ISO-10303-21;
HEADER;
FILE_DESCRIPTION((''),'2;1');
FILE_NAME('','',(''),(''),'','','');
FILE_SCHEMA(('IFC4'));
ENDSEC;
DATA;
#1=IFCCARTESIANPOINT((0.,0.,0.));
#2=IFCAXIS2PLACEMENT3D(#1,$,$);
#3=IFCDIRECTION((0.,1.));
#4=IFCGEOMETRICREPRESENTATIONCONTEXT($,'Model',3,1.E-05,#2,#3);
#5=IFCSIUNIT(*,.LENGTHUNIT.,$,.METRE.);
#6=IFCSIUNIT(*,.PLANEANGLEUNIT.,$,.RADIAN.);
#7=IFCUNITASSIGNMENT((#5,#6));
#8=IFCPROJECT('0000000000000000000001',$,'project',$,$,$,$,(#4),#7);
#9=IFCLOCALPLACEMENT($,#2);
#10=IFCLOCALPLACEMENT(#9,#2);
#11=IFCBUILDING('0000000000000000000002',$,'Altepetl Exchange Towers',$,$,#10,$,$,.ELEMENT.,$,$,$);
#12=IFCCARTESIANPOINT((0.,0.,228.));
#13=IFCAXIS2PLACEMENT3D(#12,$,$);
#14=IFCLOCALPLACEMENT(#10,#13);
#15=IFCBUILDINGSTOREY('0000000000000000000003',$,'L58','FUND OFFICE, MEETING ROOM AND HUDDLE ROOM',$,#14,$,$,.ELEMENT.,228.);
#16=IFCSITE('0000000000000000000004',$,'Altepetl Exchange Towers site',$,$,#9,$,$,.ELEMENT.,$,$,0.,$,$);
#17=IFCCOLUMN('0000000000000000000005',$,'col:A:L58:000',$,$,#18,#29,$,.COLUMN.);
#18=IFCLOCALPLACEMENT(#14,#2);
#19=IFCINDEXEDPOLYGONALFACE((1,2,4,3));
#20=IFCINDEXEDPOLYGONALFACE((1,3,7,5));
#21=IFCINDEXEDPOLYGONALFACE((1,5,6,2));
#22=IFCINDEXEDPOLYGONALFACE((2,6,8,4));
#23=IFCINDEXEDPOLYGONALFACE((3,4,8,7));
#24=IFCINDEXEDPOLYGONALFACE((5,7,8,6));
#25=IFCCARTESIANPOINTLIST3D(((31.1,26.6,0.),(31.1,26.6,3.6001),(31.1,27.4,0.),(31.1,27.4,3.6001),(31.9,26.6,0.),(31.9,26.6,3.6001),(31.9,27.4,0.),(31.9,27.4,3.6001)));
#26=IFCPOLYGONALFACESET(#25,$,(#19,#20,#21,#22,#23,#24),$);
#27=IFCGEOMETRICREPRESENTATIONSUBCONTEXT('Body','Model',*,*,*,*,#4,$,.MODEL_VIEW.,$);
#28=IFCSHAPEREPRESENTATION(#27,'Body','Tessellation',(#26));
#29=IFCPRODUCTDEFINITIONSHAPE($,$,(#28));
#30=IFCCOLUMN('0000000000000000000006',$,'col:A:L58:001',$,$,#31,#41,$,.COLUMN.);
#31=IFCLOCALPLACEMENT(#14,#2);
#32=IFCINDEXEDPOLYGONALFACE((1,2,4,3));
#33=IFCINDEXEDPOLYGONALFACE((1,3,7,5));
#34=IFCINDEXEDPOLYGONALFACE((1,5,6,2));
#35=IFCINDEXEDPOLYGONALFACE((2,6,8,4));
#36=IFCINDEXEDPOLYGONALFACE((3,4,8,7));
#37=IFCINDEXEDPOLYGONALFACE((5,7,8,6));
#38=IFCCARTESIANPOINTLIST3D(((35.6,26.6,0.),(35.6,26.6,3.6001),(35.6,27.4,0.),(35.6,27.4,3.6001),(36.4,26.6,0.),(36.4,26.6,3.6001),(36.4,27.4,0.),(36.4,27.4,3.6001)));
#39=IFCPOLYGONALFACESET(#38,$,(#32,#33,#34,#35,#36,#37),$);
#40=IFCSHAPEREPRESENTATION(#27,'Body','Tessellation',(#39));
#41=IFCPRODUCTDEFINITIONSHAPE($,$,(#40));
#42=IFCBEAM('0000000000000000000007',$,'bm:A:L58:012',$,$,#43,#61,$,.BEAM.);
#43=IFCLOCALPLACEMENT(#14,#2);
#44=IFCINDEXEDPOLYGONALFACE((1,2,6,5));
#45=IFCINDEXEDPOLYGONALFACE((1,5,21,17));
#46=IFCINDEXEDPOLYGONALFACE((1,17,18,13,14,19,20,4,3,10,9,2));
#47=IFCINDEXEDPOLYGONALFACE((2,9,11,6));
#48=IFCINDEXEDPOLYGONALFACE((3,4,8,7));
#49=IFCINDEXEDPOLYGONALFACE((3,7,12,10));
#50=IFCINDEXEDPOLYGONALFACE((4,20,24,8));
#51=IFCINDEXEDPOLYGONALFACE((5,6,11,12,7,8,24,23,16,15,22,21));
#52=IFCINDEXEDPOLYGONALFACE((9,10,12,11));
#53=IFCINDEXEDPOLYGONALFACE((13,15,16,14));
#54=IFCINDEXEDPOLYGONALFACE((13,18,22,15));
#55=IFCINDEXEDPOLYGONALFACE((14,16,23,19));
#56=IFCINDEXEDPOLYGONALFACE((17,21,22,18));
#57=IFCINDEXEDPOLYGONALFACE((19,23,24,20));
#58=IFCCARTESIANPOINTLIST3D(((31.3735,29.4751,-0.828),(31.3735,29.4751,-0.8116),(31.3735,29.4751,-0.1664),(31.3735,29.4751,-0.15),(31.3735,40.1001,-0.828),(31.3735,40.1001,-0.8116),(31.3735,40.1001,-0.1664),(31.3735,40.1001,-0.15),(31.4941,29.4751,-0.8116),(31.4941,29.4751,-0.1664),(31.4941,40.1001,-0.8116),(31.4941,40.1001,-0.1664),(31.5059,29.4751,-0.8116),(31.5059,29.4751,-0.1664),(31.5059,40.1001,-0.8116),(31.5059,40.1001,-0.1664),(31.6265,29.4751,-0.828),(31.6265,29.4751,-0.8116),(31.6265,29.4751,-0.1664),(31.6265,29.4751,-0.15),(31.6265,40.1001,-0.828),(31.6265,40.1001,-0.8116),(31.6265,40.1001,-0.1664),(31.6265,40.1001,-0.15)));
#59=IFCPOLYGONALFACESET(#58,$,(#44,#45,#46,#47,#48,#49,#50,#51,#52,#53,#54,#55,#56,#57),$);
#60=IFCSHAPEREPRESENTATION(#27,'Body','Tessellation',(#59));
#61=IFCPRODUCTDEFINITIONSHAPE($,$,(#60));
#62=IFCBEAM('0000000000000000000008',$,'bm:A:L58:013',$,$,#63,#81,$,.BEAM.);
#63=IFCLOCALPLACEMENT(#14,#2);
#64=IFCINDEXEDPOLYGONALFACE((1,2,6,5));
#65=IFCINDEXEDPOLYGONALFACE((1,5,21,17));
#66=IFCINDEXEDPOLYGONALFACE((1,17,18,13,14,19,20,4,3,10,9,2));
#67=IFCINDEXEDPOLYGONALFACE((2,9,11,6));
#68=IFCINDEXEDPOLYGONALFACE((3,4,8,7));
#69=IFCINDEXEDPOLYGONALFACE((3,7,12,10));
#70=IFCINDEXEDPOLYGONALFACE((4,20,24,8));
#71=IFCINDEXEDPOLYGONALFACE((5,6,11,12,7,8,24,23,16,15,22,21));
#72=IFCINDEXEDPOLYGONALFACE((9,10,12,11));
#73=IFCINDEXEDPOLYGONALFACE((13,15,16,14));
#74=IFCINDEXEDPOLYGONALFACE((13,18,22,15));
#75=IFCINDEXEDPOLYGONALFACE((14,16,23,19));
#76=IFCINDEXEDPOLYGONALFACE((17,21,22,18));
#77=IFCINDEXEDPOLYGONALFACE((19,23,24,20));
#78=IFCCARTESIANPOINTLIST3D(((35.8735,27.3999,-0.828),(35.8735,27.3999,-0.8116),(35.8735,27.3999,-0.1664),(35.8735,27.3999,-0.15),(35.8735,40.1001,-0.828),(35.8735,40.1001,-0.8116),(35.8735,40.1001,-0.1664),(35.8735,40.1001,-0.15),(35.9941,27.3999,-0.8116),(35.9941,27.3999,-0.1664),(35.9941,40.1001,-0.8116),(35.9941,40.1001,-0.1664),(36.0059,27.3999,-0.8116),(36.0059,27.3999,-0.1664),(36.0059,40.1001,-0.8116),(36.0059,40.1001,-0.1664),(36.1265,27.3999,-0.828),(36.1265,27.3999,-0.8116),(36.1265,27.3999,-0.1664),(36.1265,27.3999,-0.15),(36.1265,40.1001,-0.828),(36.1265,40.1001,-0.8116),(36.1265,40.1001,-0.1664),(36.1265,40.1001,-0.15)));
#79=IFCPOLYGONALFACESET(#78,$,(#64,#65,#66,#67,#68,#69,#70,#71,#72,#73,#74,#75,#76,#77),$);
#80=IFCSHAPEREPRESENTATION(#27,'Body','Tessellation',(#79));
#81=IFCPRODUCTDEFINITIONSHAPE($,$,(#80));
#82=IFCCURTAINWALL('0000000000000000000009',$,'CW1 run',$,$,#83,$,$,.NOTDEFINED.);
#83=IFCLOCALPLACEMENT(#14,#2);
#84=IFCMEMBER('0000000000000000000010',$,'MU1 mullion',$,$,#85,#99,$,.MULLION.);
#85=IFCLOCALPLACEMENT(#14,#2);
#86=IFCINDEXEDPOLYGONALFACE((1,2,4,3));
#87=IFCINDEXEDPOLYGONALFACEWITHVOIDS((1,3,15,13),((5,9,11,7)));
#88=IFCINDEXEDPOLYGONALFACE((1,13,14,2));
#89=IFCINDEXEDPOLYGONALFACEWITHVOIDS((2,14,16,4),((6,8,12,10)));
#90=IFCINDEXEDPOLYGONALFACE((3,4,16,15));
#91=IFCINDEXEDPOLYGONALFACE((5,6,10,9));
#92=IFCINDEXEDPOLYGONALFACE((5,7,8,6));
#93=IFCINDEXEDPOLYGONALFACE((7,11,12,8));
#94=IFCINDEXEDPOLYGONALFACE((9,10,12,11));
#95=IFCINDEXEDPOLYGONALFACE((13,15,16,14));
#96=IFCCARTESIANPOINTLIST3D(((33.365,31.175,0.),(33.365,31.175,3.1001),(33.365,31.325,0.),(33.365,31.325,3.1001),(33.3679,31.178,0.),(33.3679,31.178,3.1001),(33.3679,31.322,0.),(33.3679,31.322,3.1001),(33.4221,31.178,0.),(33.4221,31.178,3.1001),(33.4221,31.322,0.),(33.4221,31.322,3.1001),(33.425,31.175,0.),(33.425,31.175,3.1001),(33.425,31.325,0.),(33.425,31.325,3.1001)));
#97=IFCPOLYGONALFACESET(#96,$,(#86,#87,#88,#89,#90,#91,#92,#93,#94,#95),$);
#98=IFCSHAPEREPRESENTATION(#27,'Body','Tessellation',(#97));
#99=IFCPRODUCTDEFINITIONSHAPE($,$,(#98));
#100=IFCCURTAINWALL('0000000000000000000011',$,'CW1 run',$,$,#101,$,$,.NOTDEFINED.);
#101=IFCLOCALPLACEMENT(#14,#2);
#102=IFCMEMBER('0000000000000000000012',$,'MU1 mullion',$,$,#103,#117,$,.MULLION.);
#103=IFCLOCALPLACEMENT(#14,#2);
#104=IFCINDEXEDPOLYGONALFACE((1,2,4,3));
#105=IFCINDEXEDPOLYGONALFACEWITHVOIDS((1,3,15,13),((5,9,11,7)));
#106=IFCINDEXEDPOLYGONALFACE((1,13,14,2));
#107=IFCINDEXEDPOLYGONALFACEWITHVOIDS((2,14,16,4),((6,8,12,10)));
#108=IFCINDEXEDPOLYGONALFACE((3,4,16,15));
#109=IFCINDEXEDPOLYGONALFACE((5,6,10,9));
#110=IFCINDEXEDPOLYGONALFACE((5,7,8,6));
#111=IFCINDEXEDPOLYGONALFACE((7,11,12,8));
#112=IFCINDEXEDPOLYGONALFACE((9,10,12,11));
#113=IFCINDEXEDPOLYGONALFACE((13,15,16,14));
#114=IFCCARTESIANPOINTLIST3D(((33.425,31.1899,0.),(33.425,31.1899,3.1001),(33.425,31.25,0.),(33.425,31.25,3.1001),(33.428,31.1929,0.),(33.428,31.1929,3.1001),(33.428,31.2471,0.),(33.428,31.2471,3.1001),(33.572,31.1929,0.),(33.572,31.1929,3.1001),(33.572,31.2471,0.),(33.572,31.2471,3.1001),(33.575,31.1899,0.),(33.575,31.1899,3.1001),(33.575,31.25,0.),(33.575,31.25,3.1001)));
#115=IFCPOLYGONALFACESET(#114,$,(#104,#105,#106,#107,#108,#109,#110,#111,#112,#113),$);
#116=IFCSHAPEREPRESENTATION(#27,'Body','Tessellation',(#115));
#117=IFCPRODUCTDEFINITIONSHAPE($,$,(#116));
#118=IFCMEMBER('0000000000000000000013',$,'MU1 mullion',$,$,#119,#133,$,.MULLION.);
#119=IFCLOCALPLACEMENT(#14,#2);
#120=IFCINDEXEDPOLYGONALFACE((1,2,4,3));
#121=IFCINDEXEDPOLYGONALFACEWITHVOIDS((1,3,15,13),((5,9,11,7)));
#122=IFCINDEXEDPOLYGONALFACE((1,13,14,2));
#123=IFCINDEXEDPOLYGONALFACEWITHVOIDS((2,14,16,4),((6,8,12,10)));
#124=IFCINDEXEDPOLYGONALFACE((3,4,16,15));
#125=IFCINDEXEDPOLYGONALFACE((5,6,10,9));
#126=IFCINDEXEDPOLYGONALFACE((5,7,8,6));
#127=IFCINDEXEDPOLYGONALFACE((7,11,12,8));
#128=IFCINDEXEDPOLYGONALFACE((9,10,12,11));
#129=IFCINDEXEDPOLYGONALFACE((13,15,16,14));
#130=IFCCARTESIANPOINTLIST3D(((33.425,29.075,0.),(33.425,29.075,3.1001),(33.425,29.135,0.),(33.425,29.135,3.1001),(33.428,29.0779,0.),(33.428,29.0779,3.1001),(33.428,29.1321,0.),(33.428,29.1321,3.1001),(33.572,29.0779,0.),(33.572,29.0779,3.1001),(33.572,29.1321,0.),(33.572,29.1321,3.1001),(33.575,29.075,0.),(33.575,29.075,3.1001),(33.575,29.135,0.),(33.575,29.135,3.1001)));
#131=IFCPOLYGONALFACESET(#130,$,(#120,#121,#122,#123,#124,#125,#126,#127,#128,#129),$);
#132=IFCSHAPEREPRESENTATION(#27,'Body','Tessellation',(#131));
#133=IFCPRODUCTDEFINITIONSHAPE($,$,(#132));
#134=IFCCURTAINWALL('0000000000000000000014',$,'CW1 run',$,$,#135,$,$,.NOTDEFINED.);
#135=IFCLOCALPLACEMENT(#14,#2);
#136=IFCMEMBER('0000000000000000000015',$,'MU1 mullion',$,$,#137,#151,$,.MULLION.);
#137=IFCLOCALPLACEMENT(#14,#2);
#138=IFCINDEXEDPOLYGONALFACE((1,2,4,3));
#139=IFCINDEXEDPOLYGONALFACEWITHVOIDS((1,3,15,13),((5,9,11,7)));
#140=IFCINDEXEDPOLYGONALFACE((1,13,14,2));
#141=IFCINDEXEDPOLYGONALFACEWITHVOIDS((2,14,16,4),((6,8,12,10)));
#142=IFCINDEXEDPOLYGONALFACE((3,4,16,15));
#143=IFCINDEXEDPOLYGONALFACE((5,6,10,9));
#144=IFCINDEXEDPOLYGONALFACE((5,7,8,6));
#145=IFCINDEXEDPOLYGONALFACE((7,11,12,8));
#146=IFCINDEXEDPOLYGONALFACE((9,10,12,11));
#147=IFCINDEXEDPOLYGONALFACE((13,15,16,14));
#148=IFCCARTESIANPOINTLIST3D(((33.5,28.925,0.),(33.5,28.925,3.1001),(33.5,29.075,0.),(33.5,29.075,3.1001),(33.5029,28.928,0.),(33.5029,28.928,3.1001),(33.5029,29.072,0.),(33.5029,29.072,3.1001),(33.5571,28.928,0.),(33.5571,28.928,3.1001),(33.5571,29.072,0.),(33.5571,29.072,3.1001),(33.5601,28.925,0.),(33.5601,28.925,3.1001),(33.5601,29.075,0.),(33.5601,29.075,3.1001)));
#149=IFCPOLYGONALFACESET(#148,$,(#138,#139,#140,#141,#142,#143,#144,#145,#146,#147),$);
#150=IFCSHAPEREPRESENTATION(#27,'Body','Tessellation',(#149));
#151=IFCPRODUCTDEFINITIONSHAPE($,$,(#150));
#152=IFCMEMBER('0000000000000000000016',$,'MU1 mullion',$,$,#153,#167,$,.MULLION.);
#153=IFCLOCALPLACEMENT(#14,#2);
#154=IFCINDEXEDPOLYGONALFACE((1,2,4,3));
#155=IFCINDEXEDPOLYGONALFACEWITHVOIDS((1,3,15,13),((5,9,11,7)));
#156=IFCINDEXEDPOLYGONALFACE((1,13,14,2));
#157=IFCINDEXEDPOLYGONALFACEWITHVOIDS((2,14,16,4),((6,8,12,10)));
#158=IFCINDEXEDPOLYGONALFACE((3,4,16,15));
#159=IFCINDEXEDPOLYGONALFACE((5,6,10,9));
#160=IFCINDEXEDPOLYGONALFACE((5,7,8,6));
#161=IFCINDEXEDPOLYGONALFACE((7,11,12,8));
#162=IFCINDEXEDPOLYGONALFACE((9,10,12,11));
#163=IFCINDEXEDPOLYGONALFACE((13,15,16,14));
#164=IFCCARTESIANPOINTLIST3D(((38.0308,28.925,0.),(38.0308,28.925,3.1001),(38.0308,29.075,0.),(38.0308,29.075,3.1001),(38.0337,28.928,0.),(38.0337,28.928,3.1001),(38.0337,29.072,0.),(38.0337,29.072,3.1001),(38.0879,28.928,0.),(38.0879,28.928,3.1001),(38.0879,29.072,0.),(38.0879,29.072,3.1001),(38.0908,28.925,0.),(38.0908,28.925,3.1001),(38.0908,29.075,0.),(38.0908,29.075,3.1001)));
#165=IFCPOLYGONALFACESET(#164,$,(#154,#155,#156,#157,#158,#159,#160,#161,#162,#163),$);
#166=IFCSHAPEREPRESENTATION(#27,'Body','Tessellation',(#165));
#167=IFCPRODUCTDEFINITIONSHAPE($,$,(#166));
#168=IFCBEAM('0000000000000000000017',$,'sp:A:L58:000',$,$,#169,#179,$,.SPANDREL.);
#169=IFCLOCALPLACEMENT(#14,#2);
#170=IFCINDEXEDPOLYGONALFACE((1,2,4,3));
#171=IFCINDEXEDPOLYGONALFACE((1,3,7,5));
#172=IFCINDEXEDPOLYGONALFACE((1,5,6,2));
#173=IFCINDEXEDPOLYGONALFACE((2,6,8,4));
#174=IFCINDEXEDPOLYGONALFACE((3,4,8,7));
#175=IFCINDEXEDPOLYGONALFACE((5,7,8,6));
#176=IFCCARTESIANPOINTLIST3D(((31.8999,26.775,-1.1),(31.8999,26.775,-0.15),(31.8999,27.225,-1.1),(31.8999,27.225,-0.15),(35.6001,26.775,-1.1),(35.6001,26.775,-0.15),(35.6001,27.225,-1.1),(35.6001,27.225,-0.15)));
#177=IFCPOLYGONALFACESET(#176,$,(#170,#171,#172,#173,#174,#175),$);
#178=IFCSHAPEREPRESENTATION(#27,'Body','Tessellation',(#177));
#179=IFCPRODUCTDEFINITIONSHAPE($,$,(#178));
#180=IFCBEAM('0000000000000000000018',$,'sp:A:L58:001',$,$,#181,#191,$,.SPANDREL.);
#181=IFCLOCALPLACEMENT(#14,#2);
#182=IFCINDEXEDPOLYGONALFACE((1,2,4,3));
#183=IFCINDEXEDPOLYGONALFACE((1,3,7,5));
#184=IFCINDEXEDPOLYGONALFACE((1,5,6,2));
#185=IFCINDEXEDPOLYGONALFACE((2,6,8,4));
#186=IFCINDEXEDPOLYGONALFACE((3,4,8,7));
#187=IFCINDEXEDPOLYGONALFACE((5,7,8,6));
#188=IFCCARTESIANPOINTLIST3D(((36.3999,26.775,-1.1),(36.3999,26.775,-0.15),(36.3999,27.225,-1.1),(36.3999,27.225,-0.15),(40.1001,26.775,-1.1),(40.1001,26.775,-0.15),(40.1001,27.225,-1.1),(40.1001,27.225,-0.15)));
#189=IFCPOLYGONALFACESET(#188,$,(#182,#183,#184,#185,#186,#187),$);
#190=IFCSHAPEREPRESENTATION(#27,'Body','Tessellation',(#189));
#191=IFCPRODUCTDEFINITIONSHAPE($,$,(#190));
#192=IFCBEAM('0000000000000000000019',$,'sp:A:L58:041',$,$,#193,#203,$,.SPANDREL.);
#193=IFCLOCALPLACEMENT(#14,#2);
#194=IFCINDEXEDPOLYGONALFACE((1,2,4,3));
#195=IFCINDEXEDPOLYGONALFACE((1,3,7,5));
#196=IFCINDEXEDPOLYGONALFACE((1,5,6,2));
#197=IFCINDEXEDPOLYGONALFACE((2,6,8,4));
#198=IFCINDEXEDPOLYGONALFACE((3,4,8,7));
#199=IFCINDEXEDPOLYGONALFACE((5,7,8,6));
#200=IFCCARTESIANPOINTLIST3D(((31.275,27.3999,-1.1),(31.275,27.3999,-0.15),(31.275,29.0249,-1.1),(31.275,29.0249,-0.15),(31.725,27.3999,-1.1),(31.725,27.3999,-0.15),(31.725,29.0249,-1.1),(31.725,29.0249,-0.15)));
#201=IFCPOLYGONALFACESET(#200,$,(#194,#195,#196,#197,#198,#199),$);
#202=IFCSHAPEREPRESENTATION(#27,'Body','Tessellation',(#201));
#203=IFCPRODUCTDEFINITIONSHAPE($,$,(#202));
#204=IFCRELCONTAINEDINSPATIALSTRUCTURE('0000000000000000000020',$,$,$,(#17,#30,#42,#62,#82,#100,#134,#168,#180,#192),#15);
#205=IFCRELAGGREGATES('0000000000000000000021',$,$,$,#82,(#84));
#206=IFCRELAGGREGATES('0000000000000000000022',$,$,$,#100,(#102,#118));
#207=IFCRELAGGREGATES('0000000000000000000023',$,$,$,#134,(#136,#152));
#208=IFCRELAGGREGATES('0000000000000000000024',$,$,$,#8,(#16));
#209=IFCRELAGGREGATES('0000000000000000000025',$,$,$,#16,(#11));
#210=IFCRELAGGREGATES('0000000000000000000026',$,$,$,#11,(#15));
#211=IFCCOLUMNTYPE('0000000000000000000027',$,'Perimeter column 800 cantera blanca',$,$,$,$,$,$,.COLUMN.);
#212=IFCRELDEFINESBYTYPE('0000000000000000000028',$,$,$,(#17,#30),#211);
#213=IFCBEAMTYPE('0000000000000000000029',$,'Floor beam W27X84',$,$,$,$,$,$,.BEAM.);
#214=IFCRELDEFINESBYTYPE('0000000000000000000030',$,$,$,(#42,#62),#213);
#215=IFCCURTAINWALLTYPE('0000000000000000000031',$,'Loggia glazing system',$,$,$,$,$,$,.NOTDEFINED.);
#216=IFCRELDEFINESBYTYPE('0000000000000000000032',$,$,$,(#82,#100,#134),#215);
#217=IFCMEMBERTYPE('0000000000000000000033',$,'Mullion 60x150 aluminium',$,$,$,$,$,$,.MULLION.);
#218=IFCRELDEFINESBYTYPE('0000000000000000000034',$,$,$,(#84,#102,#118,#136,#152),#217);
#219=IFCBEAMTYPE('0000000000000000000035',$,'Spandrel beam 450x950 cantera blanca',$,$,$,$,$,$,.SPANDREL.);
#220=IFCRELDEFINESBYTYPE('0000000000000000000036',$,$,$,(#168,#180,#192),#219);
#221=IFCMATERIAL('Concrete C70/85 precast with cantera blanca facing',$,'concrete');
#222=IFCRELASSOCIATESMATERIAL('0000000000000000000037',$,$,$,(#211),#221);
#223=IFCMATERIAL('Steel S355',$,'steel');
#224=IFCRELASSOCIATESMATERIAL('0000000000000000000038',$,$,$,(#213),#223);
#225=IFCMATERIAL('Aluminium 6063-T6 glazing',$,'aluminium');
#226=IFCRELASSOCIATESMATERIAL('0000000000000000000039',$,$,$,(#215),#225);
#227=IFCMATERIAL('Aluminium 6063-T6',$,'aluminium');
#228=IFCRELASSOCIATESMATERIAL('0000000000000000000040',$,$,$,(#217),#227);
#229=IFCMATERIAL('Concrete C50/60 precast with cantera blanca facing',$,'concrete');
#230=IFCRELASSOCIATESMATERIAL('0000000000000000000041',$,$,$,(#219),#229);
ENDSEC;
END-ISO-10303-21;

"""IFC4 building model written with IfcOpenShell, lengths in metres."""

from ifc_helpers import new_model, si_unit, direction, frame, origin, origin_2d, place, context, subcontext, project, spatial, rectangle, hollow_rectangle, i_section, extrude, material, material_profile, profile_set, type_object, element, aggregate, save


model = new_model("IFC4")

# Units and contexts
model_context = context("Model", 3, precision=1e-05, world=origin(), true_north=direction((0.0, 1.0)))
body_context = subcontext(model_context, "Body", "Model", "MODEL_VIEW")
ifc_project = project(units=[si_unit("LENGTHUNIT", "METRE"), si_unit("PLANEANGLEUNIT", "RADIAN")], contexts=[model_context])

# Site, building, storey
site_placement = place(None, origin())
site = spatial("IfcSite", under=ifc_project, at=site_placement, Name="Altepetl Exchange Towers site", CompositionType="ELEMENT", RefElevation=0.0)
building_placement = place(site_placement, origin())
building = spatial("IfcBuilding", under=site, at=building_placement, Name="Altepetl Exchange Towers", CompositionType="ELEMENT")
storey_placement = place(building_placement, frame((0.0, 0.0, 228.0)))
storey = spatial("IfcBuildingStorey", under=building, at=storey_placement, Name="L58", Description="FUND OFFICE, MEETING ROOM AND HUDDLE ROOM", CompositionType="ELEMENT", Elevation=228.0)

# Columns
ifc_material_1 = material(Name="Concrete C70/85 precast with cantera blanca facing", Category="concrete")
ifc_material_profile_1 = material_profile(ifc_material_1, rectangle(XDim=0.8, YDim=0.8, at=origin_2d()), Name="800 x 800")
ifc_profile_set_1 = profile_set([ifc_material_profile_1], Name="Concrete C70/85 precast with cantera blanca facing")
column_type = type_object("IfcColumnType", Name="Perimeter column 800 cantera blanca", PredefinedType="COLUMN", material=ifc_profile_set_1)
for number, where, name in (
    (1, (31.5, 27.0, 0.0), "col:A:L58:000"),
    (2, (36.0, 27.0, 0.0), "col:A:L58:001"),
):
    element("IfcColumn", number, at=place(storey_placement, frame(where)), inside=storey, type_object=column_type, Name=name, PredefinedType="COLUMN", context=body_context, shape_type="SweptSolid", body=[
        extrude(rectangle(XDim=0.8, YDim=0.8, at=origin_2d()), origin(), (0.0, 0.0, 1.0), 3.6001),
    ])

# Beams
ifc_material_2 = material(Name="Steel S355", Category="steel")
ifc_material_profile_2 = material_profile(ifc_material_2, i_section(OverallWidth=0.2529, OverallDepth=0.678, WebThickness=0.0117, FlangeThickness=0.0164, at=origin_2d()), Name="W27X84")
ifc_profile_set_2 = profile_set([ifc_material_profile_2], Name="Steel S355")
beam_type_1 = type_object("IfcBeamType", Name="Floor beam W27X84", PredefinedType="BEAM", material=ifc_profile_set_2)
beam_1_placement = place(storey_placement, frame((31.5, 29.4751, -0.489), z_axis=(0.0, 1.0, 0.0), x_axis=(-1.0, 0.0, 0.0)))
element("IfcBeam", 3, at=beam_1_placement, inside=storey, type_object=beam_type_1, Name="bm:A:L58:012", PredefinedType="BEAM", context=body_context, shape_type="SweptSolid", body=[
    extrude(i_section(OverallWidth=0.2529, OverallDepth=0.678, WebThickness=0.0117, FlangeThickness=0.0164, at=origin_2d()), origin(), (0.0, 0.0, 1.0), 10.625),
])
beam_2_placement = place(storey_placement, frame((36.0, 27.3999, -0.489), z_axis=(0.0, 1.0, 0.0), x_axis=(-1.0, 0.0, 0.0)))
element("IfcBeam", 4, at=beam_2_placement, inside=storey, type_object=beam_type_1, Name="bm:A:L58:013", PredefinedType="BEAM", context=body_context, shape_type="SweptSolid", body=[
    extrude(i_section(OverallWidth=0.2529, OverallDepth=0.678, WebThickness=0.0117, FlangeThickness=0.0164, at=origin_2d()), origin(), (0.0, 0.0, 1.0), 12.7002),
])

# Curtain wall, member
ifc_material_3 = material(Name="Aluminium 6063-T6 glazing", Category="aluminium")
curtain_wall_type = type_object("IfcCurtainWallType", Name="Loggia glazing system", PredefinedType="NOTDEFINED", material=ifc_material_3)
curtain_wall_1_placement = place(storey_placement, origin())
curtain_wall_1 = element("IfcCurtainWall", 5, at=curtain_wall_1_placement, inside=storey, type_object=curtain_wall_type, Name="CW1 run", PredefinedType="NOTDEFINED")
ifc_material_4 = material(Name="Aluminium 6063-T6", Category="aluminium")
ifc_material_profile_3 = material_profile(ifc_material_4, hollow_rectangle(XDim=0.0601, YDim=0.1499, WallThickness=0.0029, at=origin_2d()), Name="Mullion 60x150 aluminium")
ifc_profile_set_3 = profile_set([ifc_material_profile_3], Name="Aluminium 6063-T6")
member_type = type_object("IfcMemberType", Name="Mullion 60x150 aluminium", PredefinedType="MULLION", material=ifc_profile_set_3)
member_1_placement = place(storey_placement, frame((33.395, 31.25, 0.0)))
member_1 = element("IfcMember", 6, at=member_1_placement, type_object=member_type, Name="MU1 mullion", PredefinedType="MULLION", context=body_context, shape_type="SweptSolid", body=[
    extrude(hollow_rectangle(XDim=0.0601, YDim=0.1499, WallThickness=0.0029, at=origin_2d()), origin(), (0.0, 0.0, 1.0), 3.1001),
])

# Curtain walls, members
curtain_wall_2_placement = place(storey_placement, origin())
curtain_wall_2 = element("IfcCurtainWall", 7, at=curtain_wall_2_placement, inside=storey, type_object=curtain_wall_type, Name="CW1 run", PredefinedType="NOTDEFINED")
member_2_placement = place(storey_placement, frame((33.5, 31.22, 0.0), z_axis=(0.0, 0.0, 1.0), x_axis=(0.0, -1.0, 0.0)))
member_2 = element("IfcMember", 8, at=member_2_placement, type_object=member_type, Name="MU1 mullion", PredefinedType="MULLION", context=body_context, shape_type="SweptSolid", body=[
    extrude(hollow_rectangle(XDim=0.0601, YDim=0.1499, WallThickness=0.0029, at=origin_2d()), origin(), (0.0, 0.0, 1.0), 3.1001),
])
member_3_placement = place(storey_placement, frame((33.5, 29.105, 0.0), z_axis=(0.0, 0.0, 1.0), x_axis=(0.0, -1.0, 0.0)))
member_3 = element("IfcMember", 9, at=member_3_placement, type_object=member_type, Name="MU1 mullion", PredefinedType="MULLION", context=body_context, shape_type="SweptSolid", body=[
    extrude(hollow_rectangle(XDim=0.0601, YDim=0.1499, WallThickness=0.0029, at=origin_2d()), origin(), (0.0, 0.0, 1.0), 3.1001),
])
curtain_wall_3_placement = place(storey_placement, origin())
curtain_wall_3 = element("IfcCurtainWall", 10, at=curtain_wall_3_placement, inside=storey, type_object=curtain_wall_type, Name="CW1 run", PredefinedType="NOTDEFINED")
member_4_placement = place(storey_placement, frame((33.53, 29.0, 0.0)))
member_4 = element("IfcMember", 11, at=member_4_placement, type_object=member_type, Name="MU1 mullion", PredefinedType="MULLION", context=body_context, shape_type="SweptSolid", body=[
    extrude(hollow_rectangle(XDim=0.0601, YDim=0.1499, WallThickness=0.0029, at=origin_2d()), origin(), (0.0, 0.0, 1.0), 3.1001),
])
member_5_placement = place(storey_placement, frame((38.0608, 29.0, 0.0)))
member_5 = element("IfcMember", 12, at=member_5_placement, type_object=member_type, Name="MU1 mullion", PredefinedType="MULLION", context=body_context, shape_type="SweptSolid", body=[
    extrude(hollow_rectangle(XDim=0.0601, YDim=0.1499, WallThickness=0.0029, at=origin_2d()), origin(), (0.0, 0.0, 1.0), 3.1001),
])

# Beams
ifc_material_5 = material(Name="Concrete C50/60 precast with cantera blanca facing", Category="concrete")
ifc_material_profile_4 = material_profile(ifc_material_5, rectangle(XDim=0.45, YDim=0.95, at=origin_2d()), Name="450 x 950")
ifc_profile_set_4 = profile_set([ifc_material_profile_4], Name="Concrete C50/60 precast with cantera blanca facing")
beam_type_2 = type_object("IfcBeamType", Name="Spandrel beam 450x950 cantera blanca", PredefinedType="SPANDREL", material=ifc_profile_set_4)
for number, where, z_axis, x_axis, name in (
    (13, (31.8999, 27.0, -0.625), (1.0, 0.0, 0.0), (0.0, 1.0, 0.0), "sp:A:L58:000"),
    (14, (36.3999, 27.0, -0.625), (1.0, 0.0, 0.0), (0.0, 1.0, 0.0), "sp:A:L58:001"),
):
    element("IfcBeam", number, at=place(storey_placement, frame(where, z_axis=z_axis, x_axis=x_axis)), inside=storey, type_object=beam_type_2, Name=name, PredefinedType="SPANDREL", context=body_context, shape_type="SweptSolid", body=[
        extrude(rectangle(XDim=0.45, YDim=0.95, at=origin_2d()), origin(), (0.0, 0.0, 1.0), 3.7002),
    ])
beam_3_placement = place(storey_placement, frame((31.5, 29.0249, -0.625), z_axis=(0.0, -1.0, 0.0), x_axis=(1.0, 0.0, 0.0)))
element("IfcBeam", 15, at=beam_3_placement, inside=storey, type_object=beam_type_2, Name="sp:A:L58:041", PredefinedType="SPANDREL", context=body_context, shape_type="SweptSolid", body=[
    extrude(rectangle(XDim=0.45, YDim=0.95, at=origin_2d()), origin(), (0.0, 0.0, 1.0), 1.625),
])

aggregate(curtain_wall_1, [member_1])
aggregate(curtain_wall_2, [member_2, member_3])
aggregate(curtain_wall_3, [member_4, member_5])

save(model, "model.ifc")
